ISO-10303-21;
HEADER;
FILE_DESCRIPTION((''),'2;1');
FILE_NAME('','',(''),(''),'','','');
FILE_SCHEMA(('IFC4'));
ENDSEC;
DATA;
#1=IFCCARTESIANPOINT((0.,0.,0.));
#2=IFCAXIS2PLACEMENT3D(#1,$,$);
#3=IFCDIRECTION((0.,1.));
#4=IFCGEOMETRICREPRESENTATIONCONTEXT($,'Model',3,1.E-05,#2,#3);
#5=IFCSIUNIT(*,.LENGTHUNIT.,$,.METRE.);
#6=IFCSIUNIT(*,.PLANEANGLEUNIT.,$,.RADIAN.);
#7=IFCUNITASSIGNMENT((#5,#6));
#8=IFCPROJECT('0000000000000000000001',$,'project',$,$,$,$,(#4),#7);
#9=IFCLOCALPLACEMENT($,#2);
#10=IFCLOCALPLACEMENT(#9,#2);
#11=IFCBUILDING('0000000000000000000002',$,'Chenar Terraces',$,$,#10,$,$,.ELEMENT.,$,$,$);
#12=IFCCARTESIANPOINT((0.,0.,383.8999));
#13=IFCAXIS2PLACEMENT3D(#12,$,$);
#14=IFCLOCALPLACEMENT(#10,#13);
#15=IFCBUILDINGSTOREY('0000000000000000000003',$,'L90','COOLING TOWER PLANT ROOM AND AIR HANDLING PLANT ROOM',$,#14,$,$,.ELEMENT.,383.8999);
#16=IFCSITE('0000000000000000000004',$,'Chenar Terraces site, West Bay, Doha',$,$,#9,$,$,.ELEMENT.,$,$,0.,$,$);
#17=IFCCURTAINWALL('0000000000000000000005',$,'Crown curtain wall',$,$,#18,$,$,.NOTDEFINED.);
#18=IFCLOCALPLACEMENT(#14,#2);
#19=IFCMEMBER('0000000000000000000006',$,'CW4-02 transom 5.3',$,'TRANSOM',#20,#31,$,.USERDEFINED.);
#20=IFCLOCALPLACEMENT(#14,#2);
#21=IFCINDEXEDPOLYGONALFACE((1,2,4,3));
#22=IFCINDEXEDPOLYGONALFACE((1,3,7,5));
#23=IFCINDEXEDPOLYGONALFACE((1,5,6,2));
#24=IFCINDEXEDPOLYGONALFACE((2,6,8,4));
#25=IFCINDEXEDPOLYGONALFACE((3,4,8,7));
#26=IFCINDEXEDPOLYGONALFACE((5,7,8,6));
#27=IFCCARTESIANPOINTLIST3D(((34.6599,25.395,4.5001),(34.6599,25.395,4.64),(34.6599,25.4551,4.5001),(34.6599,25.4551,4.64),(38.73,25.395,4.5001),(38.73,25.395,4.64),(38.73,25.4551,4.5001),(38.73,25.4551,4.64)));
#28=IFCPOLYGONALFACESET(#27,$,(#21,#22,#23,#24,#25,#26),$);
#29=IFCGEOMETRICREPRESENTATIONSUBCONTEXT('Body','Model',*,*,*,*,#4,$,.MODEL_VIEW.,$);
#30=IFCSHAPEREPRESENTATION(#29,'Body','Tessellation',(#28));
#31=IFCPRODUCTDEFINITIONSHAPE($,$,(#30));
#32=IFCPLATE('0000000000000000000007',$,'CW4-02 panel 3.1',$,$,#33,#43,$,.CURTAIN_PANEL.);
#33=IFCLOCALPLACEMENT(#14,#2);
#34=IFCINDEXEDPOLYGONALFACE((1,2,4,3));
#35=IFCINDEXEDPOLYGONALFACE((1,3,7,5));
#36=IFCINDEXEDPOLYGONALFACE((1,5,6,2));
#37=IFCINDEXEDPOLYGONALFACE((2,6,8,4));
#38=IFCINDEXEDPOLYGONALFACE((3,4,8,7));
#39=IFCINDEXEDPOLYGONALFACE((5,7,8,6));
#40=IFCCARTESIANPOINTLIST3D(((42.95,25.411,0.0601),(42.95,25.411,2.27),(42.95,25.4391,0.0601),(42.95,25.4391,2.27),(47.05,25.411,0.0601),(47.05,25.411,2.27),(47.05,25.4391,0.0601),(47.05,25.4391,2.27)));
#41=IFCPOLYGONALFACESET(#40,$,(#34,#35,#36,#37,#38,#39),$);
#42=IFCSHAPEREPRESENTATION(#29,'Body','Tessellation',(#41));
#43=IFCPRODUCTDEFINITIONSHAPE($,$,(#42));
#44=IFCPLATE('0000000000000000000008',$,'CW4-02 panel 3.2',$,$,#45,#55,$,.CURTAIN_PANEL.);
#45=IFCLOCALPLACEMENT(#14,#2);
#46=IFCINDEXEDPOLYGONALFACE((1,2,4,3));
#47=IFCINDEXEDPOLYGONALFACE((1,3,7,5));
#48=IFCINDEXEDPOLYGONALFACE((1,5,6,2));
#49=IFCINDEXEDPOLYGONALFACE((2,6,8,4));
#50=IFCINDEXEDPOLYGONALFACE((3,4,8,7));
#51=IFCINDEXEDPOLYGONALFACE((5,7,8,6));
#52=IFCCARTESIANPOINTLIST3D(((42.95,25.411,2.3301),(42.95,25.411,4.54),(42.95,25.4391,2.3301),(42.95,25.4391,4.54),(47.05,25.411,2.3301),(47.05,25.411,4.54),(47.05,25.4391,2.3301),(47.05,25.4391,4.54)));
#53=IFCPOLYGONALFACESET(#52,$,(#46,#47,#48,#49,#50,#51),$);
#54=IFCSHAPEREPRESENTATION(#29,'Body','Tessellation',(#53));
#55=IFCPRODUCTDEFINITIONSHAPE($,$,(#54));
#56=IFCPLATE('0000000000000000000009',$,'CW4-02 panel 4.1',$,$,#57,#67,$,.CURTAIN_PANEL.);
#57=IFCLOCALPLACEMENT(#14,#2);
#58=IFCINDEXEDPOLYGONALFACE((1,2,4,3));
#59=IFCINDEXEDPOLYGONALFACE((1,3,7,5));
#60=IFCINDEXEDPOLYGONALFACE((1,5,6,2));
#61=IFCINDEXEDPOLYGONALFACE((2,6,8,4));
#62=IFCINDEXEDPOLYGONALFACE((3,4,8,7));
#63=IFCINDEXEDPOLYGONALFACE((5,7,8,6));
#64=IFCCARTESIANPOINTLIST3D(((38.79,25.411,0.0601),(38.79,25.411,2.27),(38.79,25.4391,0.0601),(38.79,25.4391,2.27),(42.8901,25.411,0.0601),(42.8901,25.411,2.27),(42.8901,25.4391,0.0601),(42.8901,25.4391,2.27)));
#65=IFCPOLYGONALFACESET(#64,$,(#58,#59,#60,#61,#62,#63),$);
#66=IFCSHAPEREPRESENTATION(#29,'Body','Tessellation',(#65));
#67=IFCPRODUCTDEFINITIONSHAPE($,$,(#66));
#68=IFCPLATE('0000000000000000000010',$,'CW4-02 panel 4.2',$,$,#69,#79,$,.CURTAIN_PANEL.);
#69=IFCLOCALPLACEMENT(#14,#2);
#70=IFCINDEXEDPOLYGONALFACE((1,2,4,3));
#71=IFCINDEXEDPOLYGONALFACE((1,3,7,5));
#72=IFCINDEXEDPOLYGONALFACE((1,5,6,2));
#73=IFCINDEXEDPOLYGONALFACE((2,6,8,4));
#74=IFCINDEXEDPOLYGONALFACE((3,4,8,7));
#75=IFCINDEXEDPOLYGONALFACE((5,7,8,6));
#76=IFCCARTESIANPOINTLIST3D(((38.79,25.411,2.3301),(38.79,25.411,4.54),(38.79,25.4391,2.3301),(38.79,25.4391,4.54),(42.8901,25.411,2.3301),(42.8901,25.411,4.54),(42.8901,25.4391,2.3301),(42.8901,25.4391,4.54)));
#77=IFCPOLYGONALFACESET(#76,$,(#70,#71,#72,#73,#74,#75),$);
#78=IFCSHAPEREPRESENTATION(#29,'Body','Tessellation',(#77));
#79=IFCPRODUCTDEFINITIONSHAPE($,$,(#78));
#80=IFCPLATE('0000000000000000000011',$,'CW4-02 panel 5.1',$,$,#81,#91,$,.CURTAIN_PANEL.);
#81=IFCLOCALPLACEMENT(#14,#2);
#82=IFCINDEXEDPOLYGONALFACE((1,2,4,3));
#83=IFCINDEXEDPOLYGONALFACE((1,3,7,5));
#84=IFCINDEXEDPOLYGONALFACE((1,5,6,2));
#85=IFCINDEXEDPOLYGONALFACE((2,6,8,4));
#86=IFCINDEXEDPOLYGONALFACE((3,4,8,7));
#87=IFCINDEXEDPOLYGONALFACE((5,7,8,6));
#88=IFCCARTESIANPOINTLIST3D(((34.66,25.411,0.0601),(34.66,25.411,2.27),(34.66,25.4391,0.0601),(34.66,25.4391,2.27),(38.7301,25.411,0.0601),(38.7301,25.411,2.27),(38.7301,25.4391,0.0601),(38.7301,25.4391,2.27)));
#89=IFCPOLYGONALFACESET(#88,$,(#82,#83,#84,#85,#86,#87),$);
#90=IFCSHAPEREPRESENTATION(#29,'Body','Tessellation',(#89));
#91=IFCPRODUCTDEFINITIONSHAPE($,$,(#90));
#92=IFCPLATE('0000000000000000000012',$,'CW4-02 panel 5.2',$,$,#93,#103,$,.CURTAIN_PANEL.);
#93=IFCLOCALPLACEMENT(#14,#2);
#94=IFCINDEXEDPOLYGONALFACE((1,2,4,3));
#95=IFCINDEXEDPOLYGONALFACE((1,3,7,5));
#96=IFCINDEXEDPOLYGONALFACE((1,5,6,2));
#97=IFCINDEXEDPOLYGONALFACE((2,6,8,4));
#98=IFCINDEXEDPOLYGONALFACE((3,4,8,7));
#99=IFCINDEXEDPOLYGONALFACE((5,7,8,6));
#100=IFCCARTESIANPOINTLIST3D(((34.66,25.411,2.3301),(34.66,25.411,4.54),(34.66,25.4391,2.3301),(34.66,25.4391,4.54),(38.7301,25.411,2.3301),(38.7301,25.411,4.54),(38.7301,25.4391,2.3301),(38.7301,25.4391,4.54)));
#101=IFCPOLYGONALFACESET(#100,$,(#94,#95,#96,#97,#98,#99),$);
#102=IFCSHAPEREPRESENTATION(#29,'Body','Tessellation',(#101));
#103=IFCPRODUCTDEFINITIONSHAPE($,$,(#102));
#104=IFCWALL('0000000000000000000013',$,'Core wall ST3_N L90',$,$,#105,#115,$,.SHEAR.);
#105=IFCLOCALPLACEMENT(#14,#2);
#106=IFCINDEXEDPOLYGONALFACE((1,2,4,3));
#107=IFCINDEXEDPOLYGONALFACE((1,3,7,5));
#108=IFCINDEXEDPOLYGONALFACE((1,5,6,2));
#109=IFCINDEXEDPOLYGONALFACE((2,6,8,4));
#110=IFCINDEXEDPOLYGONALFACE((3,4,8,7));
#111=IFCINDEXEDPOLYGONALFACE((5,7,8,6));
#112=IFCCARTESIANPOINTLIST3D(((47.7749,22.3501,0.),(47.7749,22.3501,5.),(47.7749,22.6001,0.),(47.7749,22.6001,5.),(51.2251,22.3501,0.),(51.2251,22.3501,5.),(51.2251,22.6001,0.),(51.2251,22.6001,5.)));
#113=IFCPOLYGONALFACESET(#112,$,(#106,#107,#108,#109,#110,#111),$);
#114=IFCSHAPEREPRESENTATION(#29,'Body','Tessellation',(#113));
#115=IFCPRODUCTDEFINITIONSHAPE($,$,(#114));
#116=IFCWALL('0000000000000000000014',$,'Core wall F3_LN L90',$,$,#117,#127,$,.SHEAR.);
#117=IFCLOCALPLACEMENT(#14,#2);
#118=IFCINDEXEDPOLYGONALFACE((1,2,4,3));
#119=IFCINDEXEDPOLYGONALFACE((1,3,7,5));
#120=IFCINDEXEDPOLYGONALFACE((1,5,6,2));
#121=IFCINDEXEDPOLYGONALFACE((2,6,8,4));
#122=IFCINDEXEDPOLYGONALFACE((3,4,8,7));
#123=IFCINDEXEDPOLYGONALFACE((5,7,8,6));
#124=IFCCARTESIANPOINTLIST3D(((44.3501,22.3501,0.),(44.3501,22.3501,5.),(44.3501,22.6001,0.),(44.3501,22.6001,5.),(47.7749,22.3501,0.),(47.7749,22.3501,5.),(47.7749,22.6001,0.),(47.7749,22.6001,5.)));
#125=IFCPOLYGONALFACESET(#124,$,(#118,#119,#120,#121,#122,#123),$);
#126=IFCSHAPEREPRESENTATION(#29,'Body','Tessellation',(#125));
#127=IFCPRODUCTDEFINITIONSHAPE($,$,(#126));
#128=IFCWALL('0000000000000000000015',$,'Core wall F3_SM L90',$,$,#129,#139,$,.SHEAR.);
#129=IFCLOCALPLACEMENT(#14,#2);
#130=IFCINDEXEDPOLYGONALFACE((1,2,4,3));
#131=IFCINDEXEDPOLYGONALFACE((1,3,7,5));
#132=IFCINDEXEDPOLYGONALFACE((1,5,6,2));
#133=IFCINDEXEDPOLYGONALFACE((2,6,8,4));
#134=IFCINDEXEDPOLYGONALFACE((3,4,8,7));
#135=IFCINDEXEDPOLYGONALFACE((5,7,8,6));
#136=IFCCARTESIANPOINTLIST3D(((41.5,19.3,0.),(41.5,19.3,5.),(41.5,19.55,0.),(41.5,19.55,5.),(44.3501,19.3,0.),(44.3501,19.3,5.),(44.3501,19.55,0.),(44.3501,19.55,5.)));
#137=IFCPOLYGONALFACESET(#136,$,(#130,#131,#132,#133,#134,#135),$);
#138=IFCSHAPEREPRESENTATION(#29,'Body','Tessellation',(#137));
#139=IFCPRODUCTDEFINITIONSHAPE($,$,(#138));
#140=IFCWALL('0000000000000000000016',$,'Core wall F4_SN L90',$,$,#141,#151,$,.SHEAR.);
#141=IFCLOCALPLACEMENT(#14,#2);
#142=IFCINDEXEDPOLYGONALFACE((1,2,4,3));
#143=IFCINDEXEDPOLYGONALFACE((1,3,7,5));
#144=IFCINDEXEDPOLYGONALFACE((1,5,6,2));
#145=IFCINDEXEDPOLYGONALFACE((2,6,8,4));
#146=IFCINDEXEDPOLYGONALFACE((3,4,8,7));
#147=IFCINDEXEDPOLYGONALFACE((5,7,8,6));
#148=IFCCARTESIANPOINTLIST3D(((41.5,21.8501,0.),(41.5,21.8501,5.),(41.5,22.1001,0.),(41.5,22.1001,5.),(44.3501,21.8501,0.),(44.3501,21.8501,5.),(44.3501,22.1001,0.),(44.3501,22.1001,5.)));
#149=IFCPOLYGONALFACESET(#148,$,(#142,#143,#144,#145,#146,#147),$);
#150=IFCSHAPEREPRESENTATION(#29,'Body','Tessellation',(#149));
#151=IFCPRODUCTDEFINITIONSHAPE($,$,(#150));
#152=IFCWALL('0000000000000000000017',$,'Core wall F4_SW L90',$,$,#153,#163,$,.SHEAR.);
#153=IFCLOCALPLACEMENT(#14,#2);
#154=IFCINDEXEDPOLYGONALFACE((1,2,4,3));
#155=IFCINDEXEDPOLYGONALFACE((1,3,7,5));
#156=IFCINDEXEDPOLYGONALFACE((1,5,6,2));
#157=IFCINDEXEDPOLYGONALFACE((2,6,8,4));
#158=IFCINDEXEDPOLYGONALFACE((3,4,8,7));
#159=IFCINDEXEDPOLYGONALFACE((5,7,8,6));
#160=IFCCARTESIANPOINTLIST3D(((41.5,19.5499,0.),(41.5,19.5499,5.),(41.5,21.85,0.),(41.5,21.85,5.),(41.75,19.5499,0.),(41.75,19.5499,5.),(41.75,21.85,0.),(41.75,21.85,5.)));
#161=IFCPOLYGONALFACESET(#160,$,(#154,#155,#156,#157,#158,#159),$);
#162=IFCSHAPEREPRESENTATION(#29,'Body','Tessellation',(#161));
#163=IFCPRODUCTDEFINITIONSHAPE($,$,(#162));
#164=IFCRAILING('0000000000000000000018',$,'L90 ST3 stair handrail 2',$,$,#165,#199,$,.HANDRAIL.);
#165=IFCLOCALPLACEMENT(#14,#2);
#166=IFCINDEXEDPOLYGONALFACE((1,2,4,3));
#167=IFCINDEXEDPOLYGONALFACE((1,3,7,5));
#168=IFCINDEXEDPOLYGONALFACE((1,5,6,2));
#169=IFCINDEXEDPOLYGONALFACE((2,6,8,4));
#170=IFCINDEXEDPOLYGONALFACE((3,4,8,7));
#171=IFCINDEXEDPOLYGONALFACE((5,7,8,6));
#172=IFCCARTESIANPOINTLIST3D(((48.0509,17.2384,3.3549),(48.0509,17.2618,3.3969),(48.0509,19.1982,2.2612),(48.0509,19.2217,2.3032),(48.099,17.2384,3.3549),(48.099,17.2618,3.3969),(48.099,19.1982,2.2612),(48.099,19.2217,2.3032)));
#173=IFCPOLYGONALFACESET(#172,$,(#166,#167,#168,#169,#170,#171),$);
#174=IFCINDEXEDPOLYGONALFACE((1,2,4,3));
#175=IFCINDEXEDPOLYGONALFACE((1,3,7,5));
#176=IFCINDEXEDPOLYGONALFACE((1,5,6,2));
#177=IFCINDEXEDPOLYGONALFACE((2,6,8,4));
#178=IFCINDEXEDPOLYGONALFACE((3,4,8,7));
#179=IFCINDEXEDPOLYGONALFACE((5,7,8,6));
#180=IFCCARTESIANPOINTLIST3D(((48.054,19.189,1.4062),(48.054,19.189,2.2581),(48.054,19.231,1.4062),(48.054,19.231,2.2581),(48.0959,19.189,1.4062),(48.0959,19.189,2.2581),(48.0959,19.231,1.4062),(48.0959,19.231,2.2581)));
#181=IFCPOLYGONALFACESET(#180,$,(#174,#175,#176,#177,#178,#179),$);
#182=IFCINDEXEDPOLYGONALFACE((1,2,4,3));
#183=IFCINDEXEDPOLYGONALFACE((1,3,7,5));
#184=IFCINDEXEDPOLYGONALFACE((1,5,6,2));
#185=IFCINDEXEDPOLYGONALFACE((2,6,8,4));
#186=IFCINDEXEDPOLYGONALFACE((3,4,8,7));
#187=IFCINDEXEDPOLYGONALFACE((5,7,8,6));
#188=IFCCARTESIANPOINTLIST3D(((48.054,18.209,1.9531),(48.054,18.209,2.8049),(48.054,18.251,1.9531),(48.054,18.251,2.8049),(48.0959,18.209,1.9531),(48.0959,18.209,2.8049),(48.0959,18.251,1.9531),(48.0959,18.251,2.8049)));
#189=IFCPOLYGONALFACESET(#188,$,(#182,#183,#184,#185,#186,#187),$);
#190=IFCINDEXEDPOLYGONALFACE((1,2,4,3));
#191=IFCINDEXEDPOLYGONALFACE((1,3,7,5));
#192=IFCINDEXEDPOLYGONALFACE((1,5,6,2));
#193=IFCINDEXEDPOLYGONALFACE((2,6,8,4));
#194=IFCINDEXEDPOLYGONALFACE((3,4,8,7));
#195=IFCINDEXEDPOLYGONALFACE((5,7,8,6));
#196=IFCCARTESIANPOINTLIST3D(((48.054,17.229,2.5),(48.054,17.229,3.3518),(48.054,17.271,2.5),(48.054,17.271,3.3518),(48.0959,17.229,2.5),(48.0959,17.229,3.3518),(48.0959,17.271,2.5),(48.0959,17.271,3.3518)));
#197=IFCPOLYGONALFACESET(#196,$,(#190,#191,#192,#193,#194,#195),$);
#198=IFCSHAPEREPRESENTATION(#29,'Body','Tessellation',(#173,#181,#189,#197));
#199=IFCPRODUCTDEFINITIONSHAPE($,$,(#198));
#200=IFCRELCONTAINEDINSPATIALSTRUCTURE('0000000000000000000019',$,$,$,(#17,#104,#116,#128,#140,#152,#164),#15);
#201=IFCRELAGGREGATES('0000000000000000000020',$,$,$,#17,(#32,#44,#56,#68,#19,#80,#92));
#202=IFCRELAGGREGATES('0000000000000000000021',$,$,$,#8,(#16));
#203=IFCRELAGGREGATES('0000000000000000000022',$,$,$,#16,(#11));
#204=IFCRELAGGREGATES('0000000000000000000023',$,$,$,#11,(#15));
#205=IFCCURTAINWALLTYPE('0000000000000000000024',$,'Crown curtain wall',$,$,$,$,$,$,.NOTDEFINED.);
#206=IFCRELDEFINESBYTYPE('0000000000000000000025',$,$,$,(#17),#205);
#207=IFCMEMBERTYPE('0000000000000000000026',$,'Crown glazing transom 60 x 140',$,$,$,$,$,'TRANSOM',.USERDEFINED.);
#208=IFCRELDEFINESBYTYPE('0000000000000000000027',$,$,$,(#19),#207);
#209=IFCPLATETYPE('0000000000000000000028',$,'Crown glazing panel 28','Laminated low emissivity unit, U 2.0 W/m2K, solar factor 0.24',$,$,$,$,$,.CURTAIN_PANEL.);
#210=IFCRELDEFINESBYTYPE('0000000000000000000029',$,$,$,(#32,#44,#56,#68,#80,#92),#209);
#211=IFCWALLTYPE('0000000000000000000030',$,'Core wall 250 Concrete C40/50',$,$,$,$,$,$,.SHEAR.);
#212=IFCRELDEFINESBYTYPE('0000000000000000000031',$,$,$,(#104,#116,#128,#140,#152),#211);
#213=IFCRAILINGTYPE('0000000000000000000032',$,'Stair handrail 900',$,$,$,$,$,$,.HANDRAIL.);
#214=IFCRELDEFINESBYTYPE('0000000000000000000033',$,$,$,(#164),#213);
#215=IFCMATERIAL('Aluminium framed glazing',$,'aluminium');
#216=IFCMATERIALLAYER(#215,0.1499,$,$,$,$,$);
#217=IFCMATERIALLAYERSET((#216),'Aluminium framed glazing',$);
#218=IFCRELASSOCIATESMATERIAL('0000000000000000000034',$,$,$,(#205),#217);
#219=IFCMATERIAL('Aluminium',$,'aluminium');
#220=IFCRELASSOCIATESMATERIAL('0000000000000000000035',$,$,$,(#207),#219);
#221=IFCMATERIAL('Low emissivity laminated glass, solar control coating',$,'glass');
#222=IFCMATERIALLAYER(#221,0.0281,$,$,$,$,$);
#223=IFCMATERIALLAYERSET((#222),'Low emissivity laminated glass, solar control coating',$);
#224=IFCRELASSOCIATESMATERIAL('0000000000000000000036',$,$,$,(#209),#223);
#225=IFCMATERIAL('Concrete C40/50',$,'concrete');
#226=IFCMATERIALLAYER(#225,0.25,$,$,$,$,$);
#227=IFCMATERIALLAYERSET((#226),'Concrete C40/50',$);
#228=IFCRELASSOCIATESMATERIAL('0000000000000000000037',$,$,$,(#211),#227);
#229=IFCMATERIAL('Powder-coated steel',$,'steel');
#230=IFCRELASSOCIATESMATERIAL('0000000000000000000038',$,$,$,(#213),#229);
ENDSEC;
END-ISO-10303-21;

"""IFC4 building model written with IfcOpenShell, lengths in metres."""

from ifc_helpers import new_model, si_unit, direction, frame, frame_2d, origin, origin_2d, place, context, subcontext, project, spatial, rectangle, extrude, material, layer, layer_set, material_profile, profile_set, type_object, element, aggregate, save


model = new_model("IFC4")

# Units and contexts
model_context = context("Model", 3, precision=1e-05, world=origin(), true_north=direction((0.0, 1.0)))
body_context = subcontext(model_context, "Body", "Model", "MODEL_VIEW")
ifc_project = project(units=[si_unit("LENGTHUNIT", "METRE"), si_unit("PLANEANGLEUNIT", "RADIAN")], contexts=[model_context])

# Site, building, storey
site_placement = place(None, origin())
site = spatial("IfcSite", under=ifc_project, at=site_placement, Name="Chenar Terraces site, West Bay, Doha", CompositionType="ELEMENT", RefElevation=0.0)
building_placement = place(site_placement, origin())
building = spatial("IfcBuilding", under=site, at=building_placement, Name="Chenar Terraces", CompositionType="ELEMENT")
storey_placement = place(building_placement, frame((0.0, 0.0, 383.8999)))
storey = spatial("IfcBuildingStorey", under=building, at=storey_placement, Name="L90", Description="COOLING TOWER PLANT ROOM AND AIR HANDLING PLANT ROOM", CompositionType="ELEMENT", Elevation=383.8999)

# Curtain wall, member, plates
ifc_material_1 = material(Name="Aluminium framed glazing", Category="aluminium")
ifc_layer_1 = layer(ifc_material_1, 0.1499)
ifc_layer_set_1 = layer_set([ifc_layer_1], Name="Aluminium framed glazing")
curtain_wall_type = type_object("IfcCurtainWallType", Name="Crown curtain wall", PredefinedType="NOTDEFINED", material=ifc_layer_set_1)
curtain_wall_placement = place(storey_placement, origin())
curtain_wall = element("IfcCurtainWall", 1, at=curtain_wall_placement, inside=storey, type_object=curtain_wall_type, Name="Crown curtain wall", PredefinedType="NOTDEFINED")
ifc_material_2 = material(Name="Aluminium", Category="aluminium")
ifc_material_profile_1 = material_profile(ifc_material_2, rectangle(XDim=0.0601, YDim=0.1399, at=origin_2d()), Name="Crown glazing transom 60 x 140")
ifc_profile_set_1 = profile_set([ifc_material_profile_1], Name="Aluminium")
member_type_1 = type_object("IfcMemberType", Name="Crown glazing transom 60 x 140", ElementType="TRANSOM", PredefinedType="USERDEFINED", material=ifc_profile_set_1)
member_1_placement = place(storey_placement, frame((38.73, 25.425, 4.5701), z_axis=(-1.0, 0.0, 0.0), x_axis=(0.0, -1.0, 0.0)))
member_1 = element("IfcMember", 2, at=member_1_placement, type_object=member_type_1, Name="CW4-02 transom 5.3", ObjectType="TRANSOM", PredefinedType="USERDEFINED", context=body_context, shape_type="SweptSolid", body=[
    extrude(rectangle(XDim=0.0601, YDim=0.1399, at=origin_2d()), origin(), (0.0, 0.0, 1.0), 4.0701),
])
ifc_material_3 = material(Name="Low emissivity laminated glass, solar control coating", Category="glass")
ifc_layer_2 = layer(ifc_material_3, 0.0281)
ifc_layer_set_2 = layer_set([ifc_layer_2], Name="Low emissivity laminated glass, solar control coating")
plate_type = type_object("IfcPlateType", Name="Crown glazing panel 28", Description="Laminated low emissivity unit, U 2.0 W/m2K, solar factor 0.24", PredefinedType="CURTAIN_PANEL", material=ifc_layer_set_2)
plate_1_placement = place(storey_placement, frame((45.0, 25.425, 0.0601), z_axis=(0.0, 0.0, 1.0), x_axis=(-1.0, 0.0, 0.0)))
plate_1 = element("IfcPlate", 3, at=plate_1_placement, type_object=plate_type, Name="CW4-02 panel 3.1", PredefinedType="CURTAIN_PANEL", context=body_context, shape_type="SweptSolid", body=[
    extrude(rectangle(XDim=4.1001, YDim=0.0281, at=origin_2d()), origin(), (0.0, 0.0, 1.0), 2.21),
])
plate_2_placement = place(storey_placement, frame((45.0, 25.425, 2.3301), z_axis=(0.0, 0.0, 1.0), x_axis=(-1.0, 0.0, 0.0)))
plate_2 = element("IfcPlate", 4, at=plate_2_placement, type_object=plate_type, Name="CW4-02 panel 3.2", PredefinedType="CURTAIN_PANEL", context=body_context, shape_type="SweptSolid", body=[
    extrude(rectangle(XDim=4.1001, YDim=0.0281, at=origin_2d()), origin(), (0.0, 0.0, 1.0), 2.21),
])
plate_3_placement = place(storey_placement, frame((40.8401, 25.425, 0.0601), z_axis=(0.0, 0.0, 1.0), x_axis=(-1.0, 0.0, 0.0)))
plate_3 = element("IfcPlate", 5, at=plate_3_placement, type_object=plate_type, Name="CW4-02 panel 4.1", PredefinedType="CURTAIN_PANEL", context=body_context, shape_type="SweptSolid", body=[
    extrude(rectangle(XDim=4.1001, YDim=0.0281, at=origin_2d()), origin(), (0.0, 0.0, 1.0), 2.21),
])
plate_4_placement = place(storey_placement, frame((40.8401, 25.425, 2.3301), z_axis=(0.0, 0.0, 1.0), x_axis=(-1.0, 0.0, 0.0)))
plate_4 = element("IfcPlate", 6, at=plate_4_placement, type_object=plate_type, Name="CW4-02 panel 4.2", PredefinedType="CURTAIN_PANEL", context=body_context, shape_type="SweptSolid", body=[
    extrude(rectangle(XDim=4.1001, YDim=0.0281, at=origin_2d()), origin(), (0.0, 0.0, 1.0), 2.21),
])
plate_5_placement = place(storey_placement, frame((36.6951, 25.425, 0.0601), z_axis=(0.0, 0.0, 1.0), x_axis=(-1.0, 0.0, 0.0)))
plate_5 = element("IfcPlate", 7, at=plate_5_placement, type_object=plate_type, Name="CW4-02 panel 5.1", PredefinedType="CURTAIN_PANEL", context=body_context, shape_type="SweptSolid", body=[
    extrude(rectangle(XDim=4.0701, YDim=0.0281, at=origin_2d()), origin(), (0.0, 0.0, 1.0), 2.21),
])
plate_6_placement = place(storey_placement, frame((36.6951, 25.425, 2.3301), z_axis=(0.0, 0.0, 1.0), x_axis=(-1.0, 0.0, 0.0)))
plate_6 = element("IfcPlate", 8, at=plate_6_placement, type_object=plate_type, Name="CW4-02 panel 5.2", PredefinedType="CURTAIN_PANEL", context=body_context, shape_type="SweptSolid", body=[
    extrude(rectangle(XDim=4.0701, YDim=0.0281, at=origin_2d()), origin(), (0.0, 0.0, 1.0), 2.21),
])
aggregate(curtain_wall, [plate_1, plate_2, plate_3, plate_4, member_1, plate_5, plate_6])

# Walls
ifc_material_4 = material(Name="Concrete C40/50", Category="concrete")
ifc_layer_3 = layer(ifc_material_4, 0.25)
ifc_layer_set_3 = layer_set([ifc_layer_3], Name="Concrete C40/50")
wall_type = type_object("IfcWallType", Name="Core wall 250 Concrete C40/50", PredefinedType="SHEAR", material=ifc_layer_set_3)
wall_1_placement = place(storey_placement, frame((47.7749, 22.4751, 0.0), z_axis=(0.0, 0.0, 1.0), x_axis=(1.0, 0.0, 0.0)))
element("IfcWall", 9, at=wall_1_placement, inside=storey, type_object=wall_type, Name="Core wall ST3_N L90", PredefinedType="SHEAR", context=body_context, shape_type="SweptSolid", body=[
    extrude(rectangle(XDim=3.4502, YDim=0.25, at=frame_2d((1.7251, 0.0))), origin(), (0.0, 0.0, 1.0), 5.0),
])
wall_2_placement = place(storey_placement, frame((44.3501, 22.4751, 0.0), z_axis=(0.0, 0.0, 1.0), x_axis=(1.0, 0.0, 0.0)))
element("IfcWall", 10, at=wall_2_placement, inside=storey, type_object=wall_type, Name="Core wall F3_LN L90", PredefinedType="SHEAR", context=body_context, shape_type="SweptSolid", body=[
    extrude(rectangle(XDim=3.4248, YDim=0.25, at=frame_2d((1.7124, 0.0))), origin(), (0.0, 0.0, 1.0), 5.0),
])
for number, where, z_axis, x_axis, name in (
    (11, (41.5, 19.425, 0.0), (0.0, 0.0, 1.0), (1.0, 0.0, 0.0), "Core wall F3_SM L90"),
    (12, (41.5, 21.9751, 0.0), (0.0, 0.0, 1.0), (1.0, 0.0, 0.0), "Core wall F4_SN L90"),
):
    element("IfcWall", number, at=place(storey_placement, frame(where, z_axis=z_axis, x_axis=x_axis)), inside=storey, type_object=wall_type, Name=name, PredefinedType="SHEAR", context=body_context, shape_type="SweptSolid", body=[
        extrude(rectangle(XDim=2.8501, YDim=0.25, at=frame_2d((1.425, 0.0))), origin(), (0.0, 0.0, 1.0), 5.0),
    ])
wall_3_placement = place(storey_placement, frame((41.625, 19.55, 0.0), z_axis=(0.0, 0.0, 1.0), x_axis=(0.0, 1.0, 0.0)))
element("IfcWall", 13, at=wall_3_placement, inside=storey, type_object=wall_type, Name="Core wall F4_SW L90", PredefinedType="SHEAR", context=body_context, shape_type="SweptSolid", body=[
    extrude(rectangle(XDim=2.3, YDim=0.25, at=frame_2d((1.1499, 0.0))), origin(), (0.0, 0.0, 1.0), 5.0),
])

# Railing
ifc_material_5 = material(Name="Powder-coated steel", Category="steel")
railing_type = type_object("IfcRailingType", Name="Stair handrail 900", PredefinedType="HANDRAIL", material=ifc_material_5)
for number, where, name in (
    (14, (48.075, 19.21, 1.4062), "L90 ST3 stair handrail 2"),
):
    element("IfcRailing", number, at=place(storey_placement, frame(where)), inside=storey, type_object=railing_type, Name=name, PredefinedType="HANDRAIL", context=body_context, shape_type="SweptSolid", body=[
        extrude(rectangle(XDim=0.0481, YDim=0.0481, at=origin_2d()), frame((0.0, 0.0, 0.876), z_axis=(0.0, -0.873232, 0.487304), x_axis=(1.0, 0.0, 0.0)), (0.0, 0.0, 1.0), 2.2444),
        extrude(rectangle(XDim=0.042, YDim=0.042, at=origin_2d()), origin(), (0.0, 0.0, 1.0), 0.8518),
        extrude(rectangle(XDim=0.042, YDim=0.042, at=origin_2d()), frame((0.0, -0.98, 0.5469)), (0.0, 0.0, 1.0), 0.8518),
        extrude(rectangle(XDim=0.042, YDim=0.042, at=origin_2d()), frame((0.0, -1.96, 1.0938)), (0.0, 0.0, 1.0), 0.8518),
    ])

save(model, "model.ifc")
